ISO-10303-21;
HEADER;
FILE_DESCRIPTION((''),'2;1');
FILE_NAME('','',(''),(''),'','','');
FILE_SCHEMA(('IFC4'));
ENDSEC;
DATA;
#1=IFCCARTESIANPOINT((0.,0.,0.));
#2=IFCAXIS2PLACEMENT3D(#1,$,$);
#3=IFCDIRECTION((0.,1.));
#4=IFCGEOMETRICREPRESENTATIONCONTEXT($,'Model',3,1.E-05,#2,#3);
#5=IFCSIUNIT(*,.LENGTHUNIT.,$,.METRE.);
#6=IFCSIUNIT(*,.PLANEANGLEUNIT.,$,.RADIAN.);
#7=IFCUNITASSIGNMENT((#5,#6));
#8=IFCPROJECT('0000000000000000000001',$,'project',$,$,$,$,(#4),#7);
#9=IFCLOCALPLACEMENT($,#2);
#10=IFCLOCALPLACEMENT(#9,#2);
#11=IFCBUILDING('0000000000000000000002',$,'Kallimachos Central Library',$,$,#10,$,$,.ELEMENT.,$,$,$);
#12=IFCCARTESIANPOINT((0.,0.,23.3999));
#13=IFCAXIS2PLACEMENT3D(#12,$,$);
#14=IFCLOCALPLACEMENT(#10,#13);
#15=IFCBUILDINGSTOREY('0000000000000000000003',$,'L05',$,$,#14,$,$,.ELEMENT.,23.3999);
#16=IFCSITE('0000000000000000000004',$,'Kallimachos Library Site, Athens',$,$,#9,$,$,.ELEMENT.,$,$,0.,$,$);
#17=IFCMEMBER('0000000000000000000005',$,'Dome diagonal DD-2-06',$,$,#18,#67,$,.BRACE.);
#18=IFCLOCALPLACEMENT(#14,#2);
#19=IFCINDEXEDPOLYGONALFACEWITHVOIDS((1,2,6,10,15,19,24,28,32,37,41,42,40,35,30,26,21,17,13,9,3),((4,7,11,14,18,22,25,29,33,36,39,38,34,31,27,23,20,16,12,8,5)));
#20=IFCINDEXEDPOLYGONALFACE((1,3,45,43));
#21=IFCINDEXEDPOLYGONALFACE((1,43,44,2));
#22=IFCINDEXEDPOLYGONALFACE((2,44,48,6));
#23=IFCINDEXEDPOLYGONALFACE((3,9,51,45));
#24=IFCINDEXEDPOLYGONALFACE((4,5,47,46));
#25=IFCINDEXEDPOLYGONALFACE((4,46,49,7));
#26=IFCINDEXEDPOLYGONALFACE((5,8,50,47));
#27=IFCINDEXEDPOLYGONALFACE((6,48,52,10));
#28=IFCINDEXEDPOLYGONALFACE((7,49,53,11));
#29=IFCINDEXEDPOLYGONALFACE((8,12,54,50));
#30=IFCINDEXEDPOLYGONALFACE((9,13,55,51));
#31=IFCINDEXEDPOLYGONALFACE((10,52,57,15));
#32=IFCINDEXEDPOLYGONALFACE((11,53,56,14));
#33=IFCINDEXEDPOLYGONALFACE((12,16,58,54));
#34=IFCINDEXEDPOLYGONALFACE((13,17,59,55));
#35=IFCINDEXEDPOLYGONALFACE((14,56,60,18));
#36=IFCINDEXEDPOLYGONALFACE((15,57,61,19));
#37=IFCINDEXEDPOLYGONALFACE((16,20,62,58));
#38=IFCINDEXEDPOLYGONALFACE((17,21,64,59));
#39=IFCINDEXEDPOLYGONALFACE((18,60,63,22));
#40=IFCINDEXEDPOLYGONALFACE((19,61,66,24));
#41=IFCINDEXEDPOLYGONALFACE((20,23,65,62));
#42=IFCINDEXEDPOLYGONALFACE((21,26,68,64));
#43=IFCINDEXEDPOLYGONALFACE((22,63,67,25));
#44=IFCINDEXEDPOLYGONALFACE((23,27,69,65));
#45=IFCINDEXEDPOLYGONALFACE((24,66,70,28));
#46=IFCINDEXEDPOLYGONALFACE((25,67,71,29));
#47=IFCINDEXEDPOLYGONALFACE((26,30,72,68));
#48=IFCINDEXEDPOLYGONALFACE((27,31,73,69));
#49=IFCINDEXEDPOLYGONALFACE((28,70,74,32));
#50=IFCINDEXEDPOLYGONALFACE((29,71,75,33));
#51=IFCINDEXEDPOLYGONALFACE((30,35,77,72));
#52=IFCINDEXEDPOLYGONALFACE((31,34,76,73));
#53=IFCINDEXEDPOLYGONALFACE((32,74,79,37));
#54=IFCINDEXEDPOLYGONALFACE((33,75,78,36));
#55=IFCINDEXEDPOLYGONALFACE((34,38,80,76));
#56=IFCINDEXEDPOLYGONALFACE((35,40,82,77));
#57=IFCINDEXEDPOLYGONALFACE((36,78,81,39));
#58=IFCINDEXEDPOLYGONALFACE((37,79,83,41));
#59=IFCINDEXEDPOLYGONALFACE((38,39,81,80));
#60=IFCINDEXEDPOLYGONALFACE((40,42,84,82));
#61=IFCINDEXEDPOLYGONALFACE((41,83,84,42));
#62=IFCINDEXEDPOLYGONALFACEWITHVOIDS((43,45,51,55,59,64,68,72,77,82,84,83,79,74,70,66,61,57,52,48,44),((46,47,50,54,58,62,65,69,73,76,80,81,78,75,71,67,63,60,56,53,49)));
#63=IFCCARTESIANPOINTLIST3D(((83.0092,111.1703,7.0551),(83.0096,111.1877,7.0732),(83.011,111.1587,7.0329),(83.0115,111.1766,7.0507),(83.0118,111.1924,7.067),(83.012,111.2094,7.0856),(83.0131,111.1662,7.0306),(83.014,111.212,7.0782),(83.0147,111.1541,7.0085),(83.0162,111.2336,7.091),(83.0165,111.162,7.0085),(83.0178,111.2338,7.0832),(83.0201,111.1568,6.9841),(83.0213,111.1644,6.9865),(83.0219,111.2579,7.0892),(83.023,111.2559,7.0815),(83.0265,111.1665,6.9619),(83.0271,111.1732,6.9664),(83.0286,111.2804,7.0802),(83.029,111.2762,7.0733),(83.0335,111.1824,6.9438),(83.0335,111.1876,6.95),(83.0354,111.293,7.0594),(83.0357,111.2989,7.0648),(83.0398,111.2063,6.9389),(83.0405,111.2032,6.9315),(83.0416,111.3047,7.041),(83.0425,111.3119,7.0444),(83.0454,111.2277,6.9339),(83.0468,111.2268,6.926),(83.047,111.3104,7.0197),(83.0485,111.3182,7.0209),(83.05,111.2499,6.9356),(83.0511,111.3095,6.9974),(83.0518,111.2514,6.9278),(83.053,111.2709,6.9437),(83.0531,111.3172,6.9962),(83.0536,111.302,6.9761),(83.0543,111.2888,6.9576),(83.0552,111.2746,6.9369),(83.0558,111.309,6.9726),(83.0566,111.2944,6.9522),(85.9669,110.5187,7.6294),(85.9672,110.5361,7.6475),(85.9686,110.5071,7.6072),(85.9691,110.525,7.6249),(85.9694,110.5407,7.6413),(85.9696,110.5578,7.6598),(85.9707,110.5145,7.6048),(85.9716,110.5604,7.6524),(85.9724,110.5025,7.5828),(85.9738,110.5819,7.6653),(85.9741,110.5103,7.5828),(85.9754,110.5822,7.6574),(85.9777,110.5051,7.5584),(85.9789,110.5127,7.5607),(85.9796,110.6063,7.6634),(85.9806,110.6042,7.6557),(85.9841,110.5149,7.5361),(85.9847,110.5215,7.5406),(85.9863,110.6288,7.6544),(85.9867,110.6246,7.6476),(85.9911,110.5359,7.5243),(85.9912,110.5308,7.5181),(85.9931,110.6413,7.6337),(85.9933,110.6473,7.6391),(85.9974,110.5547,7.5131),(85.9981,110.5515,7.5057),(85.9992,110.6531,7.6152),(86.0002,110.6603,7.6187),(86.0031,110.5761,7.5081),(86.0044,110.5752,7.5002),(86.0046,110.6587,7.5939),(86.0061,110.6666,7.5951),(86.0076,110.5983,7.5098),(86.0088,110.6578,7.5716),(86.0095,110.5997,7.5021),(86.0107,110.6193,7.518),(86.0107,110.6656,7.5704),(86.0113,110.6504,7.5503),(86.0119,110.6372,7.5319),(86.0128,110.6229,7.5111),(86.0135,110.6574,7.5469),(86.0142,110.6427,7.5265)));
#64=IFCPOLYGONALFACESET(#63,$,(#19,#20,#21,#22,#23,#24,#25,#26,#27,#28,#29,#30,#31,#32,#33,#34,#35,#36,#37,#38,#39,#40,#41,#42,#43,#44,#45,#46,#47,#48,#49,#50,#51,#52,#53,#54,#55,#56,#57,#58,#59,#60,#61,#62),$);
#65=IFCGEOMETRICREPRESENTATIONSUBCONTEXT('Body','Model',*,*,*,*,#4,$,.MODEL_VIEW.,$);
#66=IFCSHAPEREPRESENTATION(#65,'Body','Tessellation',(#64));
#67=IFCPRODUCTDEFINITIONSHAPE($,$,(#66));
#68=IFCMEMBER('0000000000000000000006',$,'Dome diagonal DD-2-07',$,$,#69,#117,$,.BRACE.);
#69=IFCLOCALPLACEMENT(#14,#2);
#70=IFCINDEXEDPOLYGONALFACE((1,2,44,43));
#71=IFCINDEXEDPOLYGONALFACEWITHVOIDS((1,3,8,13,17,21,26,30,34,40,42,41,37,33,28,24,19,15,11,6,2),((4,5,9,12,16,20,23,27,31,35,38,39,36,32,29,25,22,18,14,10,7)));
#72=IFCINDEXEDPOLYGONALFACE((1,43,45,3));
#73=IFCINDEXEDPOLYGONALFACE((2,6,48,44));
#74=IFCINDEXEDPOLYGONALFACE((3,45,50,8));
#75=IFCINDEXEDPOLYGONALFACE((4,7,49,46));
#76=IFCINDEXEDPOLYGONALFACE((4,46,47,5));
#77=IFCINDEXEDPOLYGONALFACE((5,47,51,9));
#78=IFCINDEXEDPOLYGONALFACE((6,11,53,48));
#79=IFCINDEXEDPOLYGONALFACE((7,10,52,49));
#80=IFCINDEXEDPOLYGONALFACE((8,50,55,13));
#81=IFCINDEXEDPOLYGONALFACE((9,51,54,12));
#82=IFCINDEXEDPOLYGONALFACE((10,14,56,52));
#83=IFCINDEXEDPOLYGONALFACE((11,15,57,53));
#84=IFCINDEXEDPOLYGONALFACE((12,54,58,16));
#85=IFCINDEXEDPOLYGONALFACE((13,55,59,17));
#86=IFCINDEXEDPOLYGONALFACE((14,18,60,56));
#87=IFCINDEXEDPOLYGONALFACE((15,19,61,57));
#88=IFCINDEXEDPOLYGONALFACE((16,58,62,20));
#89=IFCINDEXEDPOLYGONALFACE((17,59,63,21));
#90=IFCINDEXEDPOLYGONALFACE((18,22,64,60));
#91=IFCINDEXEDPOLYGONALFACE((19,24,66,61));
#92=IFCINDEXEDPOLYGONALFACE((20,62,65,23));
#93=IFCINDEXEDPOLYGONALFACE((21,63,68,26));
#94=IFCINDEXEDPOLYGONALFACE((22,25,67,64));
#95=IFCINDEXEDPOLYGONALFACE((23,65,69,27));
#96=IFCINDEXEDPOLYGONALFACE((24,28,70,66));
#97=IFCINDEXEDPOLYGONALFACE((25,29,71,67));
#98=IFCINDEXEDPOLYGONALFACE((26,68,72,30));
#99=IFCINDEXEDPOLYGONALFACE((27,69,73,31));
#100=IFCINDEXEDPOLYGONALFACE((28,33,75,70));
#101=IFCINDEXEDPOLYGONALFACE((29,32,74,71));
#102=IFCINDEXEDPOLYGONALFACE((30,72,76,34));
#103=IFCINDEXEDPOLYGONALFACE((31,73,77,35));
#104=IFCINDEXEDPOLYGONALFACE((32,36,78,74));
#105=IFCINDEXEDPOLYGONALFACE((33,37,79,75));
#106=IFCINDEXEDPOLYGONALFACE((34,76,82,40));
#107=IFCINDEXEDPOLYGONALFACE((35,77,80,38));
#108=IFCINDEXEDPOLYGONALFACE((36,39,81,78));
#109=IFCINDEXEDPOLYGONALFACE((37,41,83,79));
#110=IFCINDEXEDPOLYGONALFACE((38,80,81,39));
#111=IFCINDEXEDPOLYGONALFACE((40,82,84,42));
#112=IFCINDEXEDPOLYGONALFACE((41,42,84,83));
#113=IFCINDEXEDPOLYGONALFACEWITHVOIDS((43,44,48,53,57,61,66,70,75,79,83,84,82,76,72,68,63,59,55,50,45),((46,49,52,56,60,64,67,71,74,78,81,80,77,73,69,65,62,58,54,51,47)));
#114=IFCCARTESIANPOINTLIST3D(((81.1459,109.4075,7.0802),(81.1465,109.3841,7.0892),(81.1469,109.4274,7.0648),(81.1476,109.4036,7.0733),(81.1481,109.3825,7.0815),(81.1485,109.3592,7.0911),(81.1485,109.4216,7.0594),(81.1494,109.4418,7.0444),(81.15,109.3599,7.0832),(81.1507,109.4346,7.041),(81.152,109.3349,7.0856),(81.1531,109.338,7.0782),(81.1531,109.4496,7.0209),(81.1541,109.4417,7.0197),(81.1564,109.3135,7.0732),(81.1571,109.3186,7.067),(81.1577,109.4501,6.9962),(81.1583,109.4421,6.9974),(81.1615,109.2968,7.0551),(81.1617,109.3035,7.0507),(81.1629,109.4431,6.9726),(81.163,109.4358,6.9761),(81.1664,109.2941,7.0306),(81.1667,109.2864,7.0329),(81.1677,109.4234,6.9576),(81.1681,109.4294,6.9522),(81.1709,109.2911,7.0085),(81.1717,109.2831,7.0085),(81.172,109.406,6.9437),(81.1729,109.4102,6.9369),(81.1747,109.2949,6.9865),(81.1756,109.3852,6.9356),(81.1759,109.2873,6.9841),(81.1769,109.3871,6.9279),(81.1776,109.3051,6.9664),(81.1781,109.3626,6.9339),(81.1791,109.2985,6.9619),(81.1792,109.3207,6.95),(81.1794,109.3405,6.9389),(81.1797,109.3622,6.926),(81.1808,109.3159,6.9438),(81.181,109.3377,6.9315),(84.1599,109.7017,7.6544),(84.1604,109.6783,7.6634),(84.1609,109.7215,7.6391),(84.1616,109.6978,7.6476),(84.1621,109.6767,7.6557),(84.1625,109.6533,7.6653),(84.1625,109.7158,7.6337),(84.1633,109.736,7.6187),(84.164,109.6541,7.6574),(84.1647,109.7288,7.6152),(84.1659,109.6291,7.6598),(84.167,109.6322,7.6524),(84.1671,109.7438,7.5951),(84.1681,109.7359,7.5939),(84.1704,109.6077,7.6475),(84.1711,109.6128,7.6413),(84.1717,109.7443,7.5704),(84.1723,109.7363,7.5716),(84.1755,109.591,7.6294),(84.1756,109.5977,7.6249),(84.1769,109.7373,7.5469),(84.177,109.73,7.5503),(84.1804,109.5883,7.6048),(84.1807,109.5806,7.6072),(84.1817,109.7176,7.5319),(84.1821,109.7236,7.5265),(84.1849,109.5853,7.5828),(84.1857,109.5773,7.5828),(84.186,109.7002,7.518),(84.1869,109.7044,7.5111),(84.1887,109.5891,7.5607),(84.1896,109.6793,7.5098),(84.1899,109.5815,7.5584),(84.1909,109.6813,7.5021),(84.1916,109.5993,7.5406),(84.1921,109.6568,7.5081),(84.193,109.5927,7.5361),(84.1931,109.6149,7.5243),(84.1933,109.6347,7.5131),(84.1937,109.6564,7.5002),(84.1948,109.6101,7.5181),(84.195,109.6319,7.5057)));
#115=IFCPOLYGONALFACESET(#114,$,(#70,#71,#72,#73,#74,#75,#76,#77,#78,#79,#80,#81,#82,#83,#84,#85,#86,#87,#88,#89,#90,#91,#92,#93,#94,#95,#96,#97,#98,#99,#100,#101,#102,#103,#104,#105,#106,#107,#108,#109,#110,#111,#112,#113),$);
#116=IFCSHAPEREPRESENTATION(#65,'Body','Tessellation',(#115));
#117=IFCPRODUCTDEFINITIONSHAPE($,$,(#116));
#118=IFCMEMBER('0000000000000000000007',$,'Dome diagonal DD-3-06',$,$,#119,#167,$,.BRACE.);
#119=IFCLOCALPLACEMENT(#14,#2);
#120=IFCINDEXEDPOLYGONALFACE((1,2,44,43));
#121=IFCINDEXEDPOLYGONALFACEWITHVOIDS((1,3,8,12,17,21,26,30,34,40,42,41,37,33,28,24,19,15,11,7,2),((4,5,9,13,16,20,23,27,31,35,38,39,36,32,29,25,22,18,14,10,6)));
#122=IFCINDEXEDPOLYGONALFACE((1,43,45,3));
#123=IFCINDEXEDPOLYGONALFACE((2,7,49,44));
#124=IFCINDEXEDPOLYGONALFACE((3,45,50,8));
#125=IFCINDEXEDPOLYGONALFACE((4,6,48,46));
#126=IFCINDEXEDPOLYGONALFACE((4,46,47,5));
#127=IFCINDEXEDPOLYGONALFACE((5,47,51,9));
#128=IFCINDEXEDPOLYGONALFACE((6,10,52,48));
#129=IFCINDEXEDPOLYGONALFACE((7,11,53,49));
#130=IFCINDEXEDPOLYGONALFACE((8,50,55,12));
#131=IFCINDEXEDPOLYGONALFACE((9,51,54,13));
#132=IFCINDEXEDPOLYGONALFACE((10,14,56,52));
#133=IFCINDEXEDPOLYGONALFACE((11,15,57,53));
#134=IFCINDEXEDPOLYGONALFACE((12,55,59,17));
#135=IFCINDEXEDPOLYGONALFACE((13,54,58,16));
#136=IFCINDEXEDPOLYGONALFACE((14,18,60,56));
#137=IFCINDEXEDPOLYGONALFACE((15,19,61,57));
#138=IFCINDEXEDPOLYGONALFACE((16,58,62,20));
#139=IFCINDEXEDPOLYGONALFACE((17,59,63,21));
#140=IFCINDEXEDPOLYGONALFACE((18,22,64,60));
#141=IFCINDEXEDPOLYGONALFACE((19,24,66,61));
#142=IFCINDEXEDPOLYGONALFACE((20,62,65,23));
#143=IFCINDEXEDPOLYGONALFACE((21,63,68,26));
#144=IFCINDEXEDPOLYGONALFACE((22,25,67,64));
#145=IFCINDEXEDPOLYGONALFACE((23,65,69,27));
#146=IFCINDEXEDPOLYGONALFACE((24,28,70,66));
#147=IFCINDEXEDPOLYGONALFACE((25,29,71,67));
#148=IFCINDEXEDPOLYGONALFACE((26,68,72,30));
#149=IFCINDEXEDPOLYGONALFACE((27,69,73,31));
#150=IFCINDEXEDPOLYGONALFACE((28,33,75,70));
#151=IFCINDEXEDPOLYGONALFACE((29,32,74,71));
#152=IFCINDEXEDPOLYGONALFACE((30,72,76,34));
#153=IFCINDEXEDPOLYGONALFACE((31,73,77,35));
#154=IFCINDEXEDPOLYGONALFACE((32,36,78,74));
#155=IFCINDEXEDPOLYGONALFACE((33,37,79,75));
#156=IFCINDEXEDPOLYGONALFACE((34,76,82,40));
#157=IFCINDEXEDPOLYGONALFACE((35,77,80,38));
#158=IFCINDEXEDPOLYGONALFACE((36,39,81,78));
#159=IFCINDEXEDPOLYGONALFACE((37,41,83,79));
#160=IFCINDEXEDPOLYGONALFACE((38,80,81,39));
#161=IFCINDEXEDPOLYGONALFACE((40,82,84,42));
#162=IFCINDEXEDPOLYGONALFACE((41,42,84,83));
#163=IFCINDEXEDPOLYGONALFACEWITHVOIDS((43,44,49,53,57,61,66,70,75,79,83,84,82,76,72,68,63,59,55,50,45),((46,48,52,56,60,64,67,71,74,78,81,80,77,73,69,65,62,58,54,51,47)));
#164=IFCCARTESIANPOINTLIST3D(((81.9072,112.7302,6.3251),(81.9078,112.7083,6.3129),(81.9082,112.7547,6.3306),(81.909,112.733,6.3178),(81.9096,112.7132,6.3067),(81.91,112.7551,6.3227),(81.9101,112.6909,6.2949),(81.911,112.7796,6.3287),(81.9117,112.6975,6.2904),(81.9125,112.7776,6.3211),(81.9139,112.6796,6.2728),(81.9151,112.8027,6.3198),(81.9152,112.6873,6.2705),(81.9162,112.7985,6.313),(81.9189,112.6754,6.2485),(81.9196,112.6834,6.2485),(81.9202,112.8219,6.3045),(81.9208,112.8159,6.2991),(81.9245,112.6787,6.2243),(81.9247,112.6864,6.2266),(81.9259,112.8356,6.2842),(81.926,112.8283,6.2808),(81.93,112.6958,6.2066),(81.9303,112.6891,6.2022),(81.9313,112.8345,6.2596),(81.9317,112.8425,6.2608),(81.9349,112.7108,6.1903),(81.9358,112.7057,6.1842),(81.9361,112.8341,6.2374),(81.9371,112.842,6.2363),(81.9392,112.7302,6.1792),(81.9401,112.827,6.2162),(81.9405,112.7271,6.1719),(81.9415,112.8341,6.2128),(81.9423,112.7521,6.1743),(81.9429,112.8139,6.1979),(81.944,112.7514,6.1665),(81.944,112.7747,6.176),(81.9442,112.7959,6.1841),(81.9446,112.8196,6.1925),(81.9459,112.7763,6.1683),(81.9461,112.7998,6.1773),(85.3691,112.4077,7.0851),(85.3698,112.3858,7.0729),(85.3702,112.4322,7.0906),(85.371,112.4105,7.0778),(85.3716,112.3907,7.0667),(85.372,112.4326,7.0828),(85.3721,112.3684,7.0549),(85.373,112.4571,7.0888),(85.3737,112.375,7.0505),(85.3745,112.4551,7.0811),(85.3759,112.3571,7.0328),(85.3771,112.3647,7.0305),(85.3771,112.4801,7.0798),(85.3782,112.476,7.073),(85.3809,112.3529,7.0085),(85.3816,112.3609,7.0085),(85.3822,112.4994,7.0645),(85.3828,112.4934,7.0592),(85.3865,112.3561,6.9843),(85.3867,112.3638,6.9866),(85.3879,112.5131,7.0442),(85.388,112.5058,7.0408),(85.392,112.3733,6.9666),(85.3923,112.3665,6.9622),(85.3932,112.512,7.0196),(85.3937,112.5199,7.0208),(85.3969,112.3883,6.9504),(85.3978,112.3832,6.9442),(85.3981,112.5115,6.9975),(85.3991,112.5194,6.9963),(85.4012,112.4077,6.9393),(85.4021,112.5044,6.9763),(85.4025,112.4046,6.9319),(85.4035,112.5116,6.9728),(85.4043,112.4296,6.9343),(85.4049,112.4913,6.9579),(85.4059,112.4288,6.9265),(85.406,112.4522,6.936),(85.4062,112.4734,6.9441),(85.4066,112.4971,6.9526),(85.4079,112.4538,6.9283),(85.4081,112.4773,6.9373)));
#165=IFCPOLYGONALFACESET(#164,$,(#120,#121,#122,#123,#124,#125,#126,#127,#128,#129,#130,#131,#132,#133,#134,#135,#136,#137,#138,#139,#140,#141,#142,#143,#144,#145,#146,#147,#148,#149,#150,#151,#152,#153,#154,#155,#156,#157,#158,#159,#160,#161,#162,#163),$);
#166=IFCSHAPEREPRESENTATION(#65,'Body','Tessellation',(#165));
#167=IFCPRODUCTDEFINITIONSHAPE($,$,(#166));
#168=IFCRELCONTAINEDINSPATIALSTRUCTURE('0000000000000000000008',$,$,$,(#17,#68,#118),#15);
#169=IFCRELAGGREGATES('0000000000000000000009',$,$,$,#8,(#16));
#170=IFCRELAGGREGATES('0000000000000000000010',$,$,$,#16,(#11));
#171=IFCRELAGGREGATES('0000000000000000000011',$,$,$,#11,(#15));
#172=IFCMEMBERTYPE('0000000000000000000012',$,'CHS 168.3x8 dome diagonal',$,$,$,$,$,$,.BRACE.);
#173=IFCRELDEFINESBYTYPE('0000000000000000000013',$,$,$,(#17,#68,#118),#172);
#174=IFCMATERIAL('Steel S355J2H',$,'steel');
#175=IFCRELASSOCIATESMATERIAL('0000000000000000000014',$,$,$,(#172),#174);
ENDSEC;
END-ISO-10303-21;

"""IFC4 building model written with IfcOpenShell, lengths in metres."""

from ifc_helpers import new_model, si_unit, direction, frame, origin, origin_2d, place, context, subcontext, project, spatial, hollow_circle, extrude, material, material_profile, profile_set, type_object, element, save


model = new_model("IFC4")

# Units and contexts
model_context = context("Model", 3, precision=1e-05, world=origin(), true_north=direction((0.0, 1.0)))
body_context = subcontext(model_context, "Body", "Model", "MODEL_VIEW")
ifc_project = project(units=[si_unit("LENGTHUNIT", "METRE"), si_unit("PLANEANGLEUNIT", "RADIAN")], contexts=[model_context])

# Site, building, storey
site_placement = place(None, origin())
site = spatial("IfcSite", under=ifc_project, at=site_placement, Name="Kallimachos Library Site, Athens", CompositionType="ELEMENT", RefElevation=0.0)
building_placement = place(site_placement, origin())
building = spatial("IfcBuilding", under=site, at=building_placement, Name="Kallimachos Central Library", CompositionType="ELEMENT")
storey_placement = place(building_placement, frame((0.0, 0.0, 23.3999)))
storey = spatial("IfcBuildingStorey", under=building, at=storey_placement, Name="L05", CompositionType="ELEMENT", Elevation=23.3999)

# Members
ifc_material_1 = material(Name="Steel S355J2H", Category="steel")
ifc_material_profile_1 = material_profile(ifc_material_1, hollow_circle(Radius=0.0842, WallThickness=0.0081, at=origin_2d()), Name="CHS 168.3x8")
ifc_profile_set_1 = profile_set([ifc_material_profile_1], Name="Steel S355J2H")
member_type_1 = type_object("IfcMemberType", Name="CHS 168.3x8 dome diagonal", PredefinedType="BRACE", material=ifc_profile_set_1)
member_1_placement = place(storey_placement, frame((85.9905, 110.5847, 7.5828), z_axis=(-0.959483, 0.211397, -0.186289), x_axis=(-0.215163, -0.976578, 0.0)))
element("IfcMember", 1, at=member_1_placement, inside=storey, type_object=member_type_1, Name="Dome diagonal DD-2-06", PredefinedType="BRACE", context=body_context, shape_type="SweptSolid", body=[
    extrude(hollow_circle(Radius=0.0842, WallThickness=0.0081, at=origin_2d()), origin(), (0.0, 0.0, 1.0), 3.0825),
])
member_2_placement = place(storey_placement, frame((84.1775, 109.6611, 7.5828), z_axis=(-0.977845, -0.095448, -0.186302), x_axis=(0.097149, -0.99527, 0.0)))
element("IfcMember", 2, at=member_2_placement, inside=storey, type_object=member_type_1, Name="Dome diagonal DD-2-07", PredefinedType="BRACE", context=body_context, shape_type="SweptSolid", body=[
    extrude(hollow_circle(Radius=0.0842, WallThickness=0.0081, at=origin_2d()), origin(), (0.0, 0.0, 1.0), 3.0823),
])
member_3_placement = place(storey_placement, frame((85.3887, 112.4368, 7.0085), z_axis=(-0.972721, 0.090618, -0.213546), x_axis=(-0.092758, -0.995689, 0.0)))
element("IfcMember", 3, at=member_3_placement, inside=storey, type_object=member_type_1, Name="Dome diagonal DD-3-06", PredefinedType="BRACE", context=body_context, shape_type="SweptSolid", body=[
    extrude(hollow_circle(Radius=0.0842, WallThickness=0.0081, at=origin_2d()), origin(), (0.0, 0.0, 1.0), 3.5591),
])

save(model, "model.ifc")
